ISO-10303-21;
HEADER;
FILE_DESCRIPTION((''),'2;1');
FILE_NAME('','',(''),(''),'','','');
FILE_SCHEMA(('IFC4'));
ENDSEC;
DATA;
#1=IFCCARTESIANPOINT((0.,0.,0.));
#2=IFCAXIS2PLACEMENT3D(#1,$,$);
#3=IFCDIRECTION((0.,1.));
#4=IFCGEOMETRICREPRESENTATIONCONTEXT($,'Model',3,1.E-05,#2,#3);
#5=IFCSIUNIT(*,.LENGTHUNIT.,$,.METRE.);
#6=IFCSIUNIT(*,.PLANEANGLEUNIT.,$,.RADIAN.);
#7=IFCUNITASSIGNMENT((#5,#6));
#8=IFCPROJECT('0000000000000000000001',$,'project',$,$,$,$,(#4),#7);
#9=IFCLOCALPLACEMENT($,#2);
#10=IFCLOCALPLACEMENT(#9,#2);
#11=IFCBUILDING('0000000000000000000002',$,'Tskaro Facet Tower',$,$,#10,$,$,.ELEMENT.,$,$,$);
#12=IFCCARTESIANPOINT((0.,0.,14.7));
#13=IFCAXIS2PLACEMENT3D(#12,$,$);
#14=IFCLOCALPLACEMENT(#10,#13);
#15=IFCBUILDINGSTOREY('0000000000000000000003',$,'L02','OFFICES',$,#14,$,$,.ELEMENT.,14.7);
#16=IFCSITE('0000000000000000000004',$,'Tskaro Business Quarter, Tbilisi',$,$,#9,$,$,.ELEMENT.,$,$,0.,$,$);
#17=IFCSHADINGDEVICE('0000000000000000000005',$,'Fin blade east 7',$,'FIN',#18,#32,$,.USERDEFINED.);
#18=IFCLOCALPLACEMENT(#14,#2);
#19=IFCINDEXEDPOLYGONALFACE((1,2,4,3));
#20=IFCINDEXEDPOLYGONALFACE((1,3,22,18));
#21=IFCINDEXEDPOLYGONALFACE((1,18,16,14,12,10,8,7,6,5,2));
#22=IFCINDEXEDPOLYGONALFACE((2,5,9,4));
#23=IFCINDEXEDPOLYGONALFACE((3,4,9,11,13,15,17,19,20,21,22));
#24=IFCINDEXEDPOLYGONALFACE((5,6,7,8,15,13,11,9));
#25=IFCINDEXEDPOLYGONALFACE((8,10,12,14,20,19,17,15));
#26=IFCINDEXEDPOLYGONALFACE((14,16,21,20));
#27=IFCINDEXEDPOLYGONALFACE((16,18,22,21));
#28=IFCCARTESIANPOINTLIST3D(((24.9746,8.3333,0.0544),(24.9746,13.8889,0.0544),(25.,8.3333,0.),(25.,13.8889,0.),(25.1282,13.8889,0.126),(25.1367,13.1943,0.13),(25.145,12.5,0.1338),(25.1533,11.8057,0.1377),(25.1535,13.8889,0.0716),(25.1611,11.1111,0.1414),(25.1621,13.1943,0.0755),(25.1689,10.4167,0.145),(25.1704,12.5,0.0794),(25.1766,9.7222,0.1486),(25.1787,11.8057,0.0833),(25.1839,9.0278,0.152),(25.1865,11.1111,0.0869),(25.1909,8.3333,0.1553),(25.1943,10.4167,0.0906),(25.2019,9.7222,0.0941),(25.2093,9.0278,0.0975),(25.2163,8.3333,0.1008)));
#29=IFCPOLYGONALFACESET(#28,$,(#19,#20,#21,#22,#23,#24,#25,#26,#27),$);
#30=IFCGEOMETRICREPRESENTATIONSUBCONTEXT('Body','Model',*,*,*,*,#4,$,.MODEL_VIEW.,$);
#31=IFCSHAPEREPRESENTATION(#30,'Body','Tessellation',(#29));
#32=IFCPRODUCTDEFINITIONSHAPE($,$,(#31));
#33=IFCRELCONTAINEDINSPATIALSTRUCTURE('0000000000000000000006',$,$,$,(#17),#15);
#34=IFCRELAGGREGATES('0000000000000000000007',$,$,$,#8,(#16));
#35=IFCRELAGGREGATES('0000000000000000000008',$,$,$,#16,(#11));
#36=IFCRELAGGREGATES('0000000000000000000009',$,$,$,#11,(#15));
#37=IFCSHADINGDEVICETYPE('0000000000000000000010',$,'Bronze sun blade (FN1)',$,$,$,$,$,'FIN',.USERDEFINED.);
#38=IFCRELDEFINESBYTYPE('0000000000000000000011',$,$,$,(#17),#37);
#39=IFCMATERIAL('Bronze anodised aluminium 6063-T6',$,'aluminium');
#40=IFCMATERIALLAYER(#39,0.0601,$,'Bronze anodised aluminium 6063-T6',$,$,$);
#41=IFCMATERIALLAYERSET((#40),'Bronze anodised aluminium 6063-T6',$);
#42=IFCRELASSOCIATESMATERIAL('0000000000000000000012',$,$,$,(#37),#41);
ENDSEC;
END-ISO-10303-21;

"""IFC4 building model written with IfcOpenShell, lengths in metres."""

from ifc_helpers import new_model, si_unit, direction, frame, origin, place, context, subcontext, project, spatial, polyline, outline, extrude, material, layer, layer_set, type_object, element, save


model = new_model("IFC4")

# Units and contexts
model_context = context("Model", 3, precision=1e-05, world=origin(), true_north=direction((0.0, 1.0)))
body_context = subcontext(model_context, "Body", "Model", "MODEL_VIEW")
ifc_project = project(units=[si_unit("LENGTHUNIT", "METRE"), si_unit("PLANEANGLEUNIT", "RADIAN")], contexts=[model_context])

# Site, building, storey
site_placement = place(None, origin())
site = spatial("IfcSite", under=ifc_project, at=site_placement, Name="Tskaro Business Quarter, Tbilisi", CompositionType="ELEMENT", RefElevation=0.0)
building_placement = place(site_placement, origin())
building = spatial("IfcBuilding", under=site, at=building_placement, Name="Tskaro Facet Tower", CompositionType="ELEMENT")
storey_placement = place(building_placement, frame((0.0, 0.0, 14.7)))
storey = spatial("IfcBuildingStorey", under=building, at=storey_placement, Name="L02", Description="OFFICES", CompositionType="ELEMENT", Elevation=14.7)

# Shared definitions
ifc_material_1 = material(Name="Bronze anodised aluminium 6063-T6", Category="aluminium")

# Shading device
ifc_layer_1 = layer(ifc_material_1, 0.0601, Name="Bronze anodised aluminium 6063-T6")
ifc_layer_set_1 = layer_set([ifc_layer_1], Name="Bronze anodised aluminium 6063-T6")
shading_device_type = type_object("IfcShadingDeviceType", Name="Bronze sun blade (FN1)", ElementType="FIN", PredefinedType="USERDEFINED", material=ifc_layer_set_1)
shading_device_1_placement = place(storey_placement, frame((24.9746, 8.3333, 0.0544), z_axis=(-0.42245, 0.000004, 0.906386), x_axis=(0.000002, 1.0, -0.000004)))
element("IfcShadingDevice", 1, at=shading_device_1_placement, inside=storey, type_object=shading_device_type, Name="Fin blade east 7", ObjectType="FIN", PredefinedType="USERDEFINED", context=body_context, shape_type="SweptSolid", body=[
    extrude(outline(polyline([(0.0, 0.0), (5.5557, 0.0), (5.5557, -0.1694), (4.8611, -0.1788), (4.1667, -0.188), (3.4724, -0.1972), (2.7778, -0.2058), (2.0835, -0.2144), (1.3889, -0.2228), (0.6946, -0.2309), (0.0, -0.2387), (0.0, 0.0)])), origin(), (0.0, 0.0, -1.0), 0.0601),
])

save(model, "model.ifc")
